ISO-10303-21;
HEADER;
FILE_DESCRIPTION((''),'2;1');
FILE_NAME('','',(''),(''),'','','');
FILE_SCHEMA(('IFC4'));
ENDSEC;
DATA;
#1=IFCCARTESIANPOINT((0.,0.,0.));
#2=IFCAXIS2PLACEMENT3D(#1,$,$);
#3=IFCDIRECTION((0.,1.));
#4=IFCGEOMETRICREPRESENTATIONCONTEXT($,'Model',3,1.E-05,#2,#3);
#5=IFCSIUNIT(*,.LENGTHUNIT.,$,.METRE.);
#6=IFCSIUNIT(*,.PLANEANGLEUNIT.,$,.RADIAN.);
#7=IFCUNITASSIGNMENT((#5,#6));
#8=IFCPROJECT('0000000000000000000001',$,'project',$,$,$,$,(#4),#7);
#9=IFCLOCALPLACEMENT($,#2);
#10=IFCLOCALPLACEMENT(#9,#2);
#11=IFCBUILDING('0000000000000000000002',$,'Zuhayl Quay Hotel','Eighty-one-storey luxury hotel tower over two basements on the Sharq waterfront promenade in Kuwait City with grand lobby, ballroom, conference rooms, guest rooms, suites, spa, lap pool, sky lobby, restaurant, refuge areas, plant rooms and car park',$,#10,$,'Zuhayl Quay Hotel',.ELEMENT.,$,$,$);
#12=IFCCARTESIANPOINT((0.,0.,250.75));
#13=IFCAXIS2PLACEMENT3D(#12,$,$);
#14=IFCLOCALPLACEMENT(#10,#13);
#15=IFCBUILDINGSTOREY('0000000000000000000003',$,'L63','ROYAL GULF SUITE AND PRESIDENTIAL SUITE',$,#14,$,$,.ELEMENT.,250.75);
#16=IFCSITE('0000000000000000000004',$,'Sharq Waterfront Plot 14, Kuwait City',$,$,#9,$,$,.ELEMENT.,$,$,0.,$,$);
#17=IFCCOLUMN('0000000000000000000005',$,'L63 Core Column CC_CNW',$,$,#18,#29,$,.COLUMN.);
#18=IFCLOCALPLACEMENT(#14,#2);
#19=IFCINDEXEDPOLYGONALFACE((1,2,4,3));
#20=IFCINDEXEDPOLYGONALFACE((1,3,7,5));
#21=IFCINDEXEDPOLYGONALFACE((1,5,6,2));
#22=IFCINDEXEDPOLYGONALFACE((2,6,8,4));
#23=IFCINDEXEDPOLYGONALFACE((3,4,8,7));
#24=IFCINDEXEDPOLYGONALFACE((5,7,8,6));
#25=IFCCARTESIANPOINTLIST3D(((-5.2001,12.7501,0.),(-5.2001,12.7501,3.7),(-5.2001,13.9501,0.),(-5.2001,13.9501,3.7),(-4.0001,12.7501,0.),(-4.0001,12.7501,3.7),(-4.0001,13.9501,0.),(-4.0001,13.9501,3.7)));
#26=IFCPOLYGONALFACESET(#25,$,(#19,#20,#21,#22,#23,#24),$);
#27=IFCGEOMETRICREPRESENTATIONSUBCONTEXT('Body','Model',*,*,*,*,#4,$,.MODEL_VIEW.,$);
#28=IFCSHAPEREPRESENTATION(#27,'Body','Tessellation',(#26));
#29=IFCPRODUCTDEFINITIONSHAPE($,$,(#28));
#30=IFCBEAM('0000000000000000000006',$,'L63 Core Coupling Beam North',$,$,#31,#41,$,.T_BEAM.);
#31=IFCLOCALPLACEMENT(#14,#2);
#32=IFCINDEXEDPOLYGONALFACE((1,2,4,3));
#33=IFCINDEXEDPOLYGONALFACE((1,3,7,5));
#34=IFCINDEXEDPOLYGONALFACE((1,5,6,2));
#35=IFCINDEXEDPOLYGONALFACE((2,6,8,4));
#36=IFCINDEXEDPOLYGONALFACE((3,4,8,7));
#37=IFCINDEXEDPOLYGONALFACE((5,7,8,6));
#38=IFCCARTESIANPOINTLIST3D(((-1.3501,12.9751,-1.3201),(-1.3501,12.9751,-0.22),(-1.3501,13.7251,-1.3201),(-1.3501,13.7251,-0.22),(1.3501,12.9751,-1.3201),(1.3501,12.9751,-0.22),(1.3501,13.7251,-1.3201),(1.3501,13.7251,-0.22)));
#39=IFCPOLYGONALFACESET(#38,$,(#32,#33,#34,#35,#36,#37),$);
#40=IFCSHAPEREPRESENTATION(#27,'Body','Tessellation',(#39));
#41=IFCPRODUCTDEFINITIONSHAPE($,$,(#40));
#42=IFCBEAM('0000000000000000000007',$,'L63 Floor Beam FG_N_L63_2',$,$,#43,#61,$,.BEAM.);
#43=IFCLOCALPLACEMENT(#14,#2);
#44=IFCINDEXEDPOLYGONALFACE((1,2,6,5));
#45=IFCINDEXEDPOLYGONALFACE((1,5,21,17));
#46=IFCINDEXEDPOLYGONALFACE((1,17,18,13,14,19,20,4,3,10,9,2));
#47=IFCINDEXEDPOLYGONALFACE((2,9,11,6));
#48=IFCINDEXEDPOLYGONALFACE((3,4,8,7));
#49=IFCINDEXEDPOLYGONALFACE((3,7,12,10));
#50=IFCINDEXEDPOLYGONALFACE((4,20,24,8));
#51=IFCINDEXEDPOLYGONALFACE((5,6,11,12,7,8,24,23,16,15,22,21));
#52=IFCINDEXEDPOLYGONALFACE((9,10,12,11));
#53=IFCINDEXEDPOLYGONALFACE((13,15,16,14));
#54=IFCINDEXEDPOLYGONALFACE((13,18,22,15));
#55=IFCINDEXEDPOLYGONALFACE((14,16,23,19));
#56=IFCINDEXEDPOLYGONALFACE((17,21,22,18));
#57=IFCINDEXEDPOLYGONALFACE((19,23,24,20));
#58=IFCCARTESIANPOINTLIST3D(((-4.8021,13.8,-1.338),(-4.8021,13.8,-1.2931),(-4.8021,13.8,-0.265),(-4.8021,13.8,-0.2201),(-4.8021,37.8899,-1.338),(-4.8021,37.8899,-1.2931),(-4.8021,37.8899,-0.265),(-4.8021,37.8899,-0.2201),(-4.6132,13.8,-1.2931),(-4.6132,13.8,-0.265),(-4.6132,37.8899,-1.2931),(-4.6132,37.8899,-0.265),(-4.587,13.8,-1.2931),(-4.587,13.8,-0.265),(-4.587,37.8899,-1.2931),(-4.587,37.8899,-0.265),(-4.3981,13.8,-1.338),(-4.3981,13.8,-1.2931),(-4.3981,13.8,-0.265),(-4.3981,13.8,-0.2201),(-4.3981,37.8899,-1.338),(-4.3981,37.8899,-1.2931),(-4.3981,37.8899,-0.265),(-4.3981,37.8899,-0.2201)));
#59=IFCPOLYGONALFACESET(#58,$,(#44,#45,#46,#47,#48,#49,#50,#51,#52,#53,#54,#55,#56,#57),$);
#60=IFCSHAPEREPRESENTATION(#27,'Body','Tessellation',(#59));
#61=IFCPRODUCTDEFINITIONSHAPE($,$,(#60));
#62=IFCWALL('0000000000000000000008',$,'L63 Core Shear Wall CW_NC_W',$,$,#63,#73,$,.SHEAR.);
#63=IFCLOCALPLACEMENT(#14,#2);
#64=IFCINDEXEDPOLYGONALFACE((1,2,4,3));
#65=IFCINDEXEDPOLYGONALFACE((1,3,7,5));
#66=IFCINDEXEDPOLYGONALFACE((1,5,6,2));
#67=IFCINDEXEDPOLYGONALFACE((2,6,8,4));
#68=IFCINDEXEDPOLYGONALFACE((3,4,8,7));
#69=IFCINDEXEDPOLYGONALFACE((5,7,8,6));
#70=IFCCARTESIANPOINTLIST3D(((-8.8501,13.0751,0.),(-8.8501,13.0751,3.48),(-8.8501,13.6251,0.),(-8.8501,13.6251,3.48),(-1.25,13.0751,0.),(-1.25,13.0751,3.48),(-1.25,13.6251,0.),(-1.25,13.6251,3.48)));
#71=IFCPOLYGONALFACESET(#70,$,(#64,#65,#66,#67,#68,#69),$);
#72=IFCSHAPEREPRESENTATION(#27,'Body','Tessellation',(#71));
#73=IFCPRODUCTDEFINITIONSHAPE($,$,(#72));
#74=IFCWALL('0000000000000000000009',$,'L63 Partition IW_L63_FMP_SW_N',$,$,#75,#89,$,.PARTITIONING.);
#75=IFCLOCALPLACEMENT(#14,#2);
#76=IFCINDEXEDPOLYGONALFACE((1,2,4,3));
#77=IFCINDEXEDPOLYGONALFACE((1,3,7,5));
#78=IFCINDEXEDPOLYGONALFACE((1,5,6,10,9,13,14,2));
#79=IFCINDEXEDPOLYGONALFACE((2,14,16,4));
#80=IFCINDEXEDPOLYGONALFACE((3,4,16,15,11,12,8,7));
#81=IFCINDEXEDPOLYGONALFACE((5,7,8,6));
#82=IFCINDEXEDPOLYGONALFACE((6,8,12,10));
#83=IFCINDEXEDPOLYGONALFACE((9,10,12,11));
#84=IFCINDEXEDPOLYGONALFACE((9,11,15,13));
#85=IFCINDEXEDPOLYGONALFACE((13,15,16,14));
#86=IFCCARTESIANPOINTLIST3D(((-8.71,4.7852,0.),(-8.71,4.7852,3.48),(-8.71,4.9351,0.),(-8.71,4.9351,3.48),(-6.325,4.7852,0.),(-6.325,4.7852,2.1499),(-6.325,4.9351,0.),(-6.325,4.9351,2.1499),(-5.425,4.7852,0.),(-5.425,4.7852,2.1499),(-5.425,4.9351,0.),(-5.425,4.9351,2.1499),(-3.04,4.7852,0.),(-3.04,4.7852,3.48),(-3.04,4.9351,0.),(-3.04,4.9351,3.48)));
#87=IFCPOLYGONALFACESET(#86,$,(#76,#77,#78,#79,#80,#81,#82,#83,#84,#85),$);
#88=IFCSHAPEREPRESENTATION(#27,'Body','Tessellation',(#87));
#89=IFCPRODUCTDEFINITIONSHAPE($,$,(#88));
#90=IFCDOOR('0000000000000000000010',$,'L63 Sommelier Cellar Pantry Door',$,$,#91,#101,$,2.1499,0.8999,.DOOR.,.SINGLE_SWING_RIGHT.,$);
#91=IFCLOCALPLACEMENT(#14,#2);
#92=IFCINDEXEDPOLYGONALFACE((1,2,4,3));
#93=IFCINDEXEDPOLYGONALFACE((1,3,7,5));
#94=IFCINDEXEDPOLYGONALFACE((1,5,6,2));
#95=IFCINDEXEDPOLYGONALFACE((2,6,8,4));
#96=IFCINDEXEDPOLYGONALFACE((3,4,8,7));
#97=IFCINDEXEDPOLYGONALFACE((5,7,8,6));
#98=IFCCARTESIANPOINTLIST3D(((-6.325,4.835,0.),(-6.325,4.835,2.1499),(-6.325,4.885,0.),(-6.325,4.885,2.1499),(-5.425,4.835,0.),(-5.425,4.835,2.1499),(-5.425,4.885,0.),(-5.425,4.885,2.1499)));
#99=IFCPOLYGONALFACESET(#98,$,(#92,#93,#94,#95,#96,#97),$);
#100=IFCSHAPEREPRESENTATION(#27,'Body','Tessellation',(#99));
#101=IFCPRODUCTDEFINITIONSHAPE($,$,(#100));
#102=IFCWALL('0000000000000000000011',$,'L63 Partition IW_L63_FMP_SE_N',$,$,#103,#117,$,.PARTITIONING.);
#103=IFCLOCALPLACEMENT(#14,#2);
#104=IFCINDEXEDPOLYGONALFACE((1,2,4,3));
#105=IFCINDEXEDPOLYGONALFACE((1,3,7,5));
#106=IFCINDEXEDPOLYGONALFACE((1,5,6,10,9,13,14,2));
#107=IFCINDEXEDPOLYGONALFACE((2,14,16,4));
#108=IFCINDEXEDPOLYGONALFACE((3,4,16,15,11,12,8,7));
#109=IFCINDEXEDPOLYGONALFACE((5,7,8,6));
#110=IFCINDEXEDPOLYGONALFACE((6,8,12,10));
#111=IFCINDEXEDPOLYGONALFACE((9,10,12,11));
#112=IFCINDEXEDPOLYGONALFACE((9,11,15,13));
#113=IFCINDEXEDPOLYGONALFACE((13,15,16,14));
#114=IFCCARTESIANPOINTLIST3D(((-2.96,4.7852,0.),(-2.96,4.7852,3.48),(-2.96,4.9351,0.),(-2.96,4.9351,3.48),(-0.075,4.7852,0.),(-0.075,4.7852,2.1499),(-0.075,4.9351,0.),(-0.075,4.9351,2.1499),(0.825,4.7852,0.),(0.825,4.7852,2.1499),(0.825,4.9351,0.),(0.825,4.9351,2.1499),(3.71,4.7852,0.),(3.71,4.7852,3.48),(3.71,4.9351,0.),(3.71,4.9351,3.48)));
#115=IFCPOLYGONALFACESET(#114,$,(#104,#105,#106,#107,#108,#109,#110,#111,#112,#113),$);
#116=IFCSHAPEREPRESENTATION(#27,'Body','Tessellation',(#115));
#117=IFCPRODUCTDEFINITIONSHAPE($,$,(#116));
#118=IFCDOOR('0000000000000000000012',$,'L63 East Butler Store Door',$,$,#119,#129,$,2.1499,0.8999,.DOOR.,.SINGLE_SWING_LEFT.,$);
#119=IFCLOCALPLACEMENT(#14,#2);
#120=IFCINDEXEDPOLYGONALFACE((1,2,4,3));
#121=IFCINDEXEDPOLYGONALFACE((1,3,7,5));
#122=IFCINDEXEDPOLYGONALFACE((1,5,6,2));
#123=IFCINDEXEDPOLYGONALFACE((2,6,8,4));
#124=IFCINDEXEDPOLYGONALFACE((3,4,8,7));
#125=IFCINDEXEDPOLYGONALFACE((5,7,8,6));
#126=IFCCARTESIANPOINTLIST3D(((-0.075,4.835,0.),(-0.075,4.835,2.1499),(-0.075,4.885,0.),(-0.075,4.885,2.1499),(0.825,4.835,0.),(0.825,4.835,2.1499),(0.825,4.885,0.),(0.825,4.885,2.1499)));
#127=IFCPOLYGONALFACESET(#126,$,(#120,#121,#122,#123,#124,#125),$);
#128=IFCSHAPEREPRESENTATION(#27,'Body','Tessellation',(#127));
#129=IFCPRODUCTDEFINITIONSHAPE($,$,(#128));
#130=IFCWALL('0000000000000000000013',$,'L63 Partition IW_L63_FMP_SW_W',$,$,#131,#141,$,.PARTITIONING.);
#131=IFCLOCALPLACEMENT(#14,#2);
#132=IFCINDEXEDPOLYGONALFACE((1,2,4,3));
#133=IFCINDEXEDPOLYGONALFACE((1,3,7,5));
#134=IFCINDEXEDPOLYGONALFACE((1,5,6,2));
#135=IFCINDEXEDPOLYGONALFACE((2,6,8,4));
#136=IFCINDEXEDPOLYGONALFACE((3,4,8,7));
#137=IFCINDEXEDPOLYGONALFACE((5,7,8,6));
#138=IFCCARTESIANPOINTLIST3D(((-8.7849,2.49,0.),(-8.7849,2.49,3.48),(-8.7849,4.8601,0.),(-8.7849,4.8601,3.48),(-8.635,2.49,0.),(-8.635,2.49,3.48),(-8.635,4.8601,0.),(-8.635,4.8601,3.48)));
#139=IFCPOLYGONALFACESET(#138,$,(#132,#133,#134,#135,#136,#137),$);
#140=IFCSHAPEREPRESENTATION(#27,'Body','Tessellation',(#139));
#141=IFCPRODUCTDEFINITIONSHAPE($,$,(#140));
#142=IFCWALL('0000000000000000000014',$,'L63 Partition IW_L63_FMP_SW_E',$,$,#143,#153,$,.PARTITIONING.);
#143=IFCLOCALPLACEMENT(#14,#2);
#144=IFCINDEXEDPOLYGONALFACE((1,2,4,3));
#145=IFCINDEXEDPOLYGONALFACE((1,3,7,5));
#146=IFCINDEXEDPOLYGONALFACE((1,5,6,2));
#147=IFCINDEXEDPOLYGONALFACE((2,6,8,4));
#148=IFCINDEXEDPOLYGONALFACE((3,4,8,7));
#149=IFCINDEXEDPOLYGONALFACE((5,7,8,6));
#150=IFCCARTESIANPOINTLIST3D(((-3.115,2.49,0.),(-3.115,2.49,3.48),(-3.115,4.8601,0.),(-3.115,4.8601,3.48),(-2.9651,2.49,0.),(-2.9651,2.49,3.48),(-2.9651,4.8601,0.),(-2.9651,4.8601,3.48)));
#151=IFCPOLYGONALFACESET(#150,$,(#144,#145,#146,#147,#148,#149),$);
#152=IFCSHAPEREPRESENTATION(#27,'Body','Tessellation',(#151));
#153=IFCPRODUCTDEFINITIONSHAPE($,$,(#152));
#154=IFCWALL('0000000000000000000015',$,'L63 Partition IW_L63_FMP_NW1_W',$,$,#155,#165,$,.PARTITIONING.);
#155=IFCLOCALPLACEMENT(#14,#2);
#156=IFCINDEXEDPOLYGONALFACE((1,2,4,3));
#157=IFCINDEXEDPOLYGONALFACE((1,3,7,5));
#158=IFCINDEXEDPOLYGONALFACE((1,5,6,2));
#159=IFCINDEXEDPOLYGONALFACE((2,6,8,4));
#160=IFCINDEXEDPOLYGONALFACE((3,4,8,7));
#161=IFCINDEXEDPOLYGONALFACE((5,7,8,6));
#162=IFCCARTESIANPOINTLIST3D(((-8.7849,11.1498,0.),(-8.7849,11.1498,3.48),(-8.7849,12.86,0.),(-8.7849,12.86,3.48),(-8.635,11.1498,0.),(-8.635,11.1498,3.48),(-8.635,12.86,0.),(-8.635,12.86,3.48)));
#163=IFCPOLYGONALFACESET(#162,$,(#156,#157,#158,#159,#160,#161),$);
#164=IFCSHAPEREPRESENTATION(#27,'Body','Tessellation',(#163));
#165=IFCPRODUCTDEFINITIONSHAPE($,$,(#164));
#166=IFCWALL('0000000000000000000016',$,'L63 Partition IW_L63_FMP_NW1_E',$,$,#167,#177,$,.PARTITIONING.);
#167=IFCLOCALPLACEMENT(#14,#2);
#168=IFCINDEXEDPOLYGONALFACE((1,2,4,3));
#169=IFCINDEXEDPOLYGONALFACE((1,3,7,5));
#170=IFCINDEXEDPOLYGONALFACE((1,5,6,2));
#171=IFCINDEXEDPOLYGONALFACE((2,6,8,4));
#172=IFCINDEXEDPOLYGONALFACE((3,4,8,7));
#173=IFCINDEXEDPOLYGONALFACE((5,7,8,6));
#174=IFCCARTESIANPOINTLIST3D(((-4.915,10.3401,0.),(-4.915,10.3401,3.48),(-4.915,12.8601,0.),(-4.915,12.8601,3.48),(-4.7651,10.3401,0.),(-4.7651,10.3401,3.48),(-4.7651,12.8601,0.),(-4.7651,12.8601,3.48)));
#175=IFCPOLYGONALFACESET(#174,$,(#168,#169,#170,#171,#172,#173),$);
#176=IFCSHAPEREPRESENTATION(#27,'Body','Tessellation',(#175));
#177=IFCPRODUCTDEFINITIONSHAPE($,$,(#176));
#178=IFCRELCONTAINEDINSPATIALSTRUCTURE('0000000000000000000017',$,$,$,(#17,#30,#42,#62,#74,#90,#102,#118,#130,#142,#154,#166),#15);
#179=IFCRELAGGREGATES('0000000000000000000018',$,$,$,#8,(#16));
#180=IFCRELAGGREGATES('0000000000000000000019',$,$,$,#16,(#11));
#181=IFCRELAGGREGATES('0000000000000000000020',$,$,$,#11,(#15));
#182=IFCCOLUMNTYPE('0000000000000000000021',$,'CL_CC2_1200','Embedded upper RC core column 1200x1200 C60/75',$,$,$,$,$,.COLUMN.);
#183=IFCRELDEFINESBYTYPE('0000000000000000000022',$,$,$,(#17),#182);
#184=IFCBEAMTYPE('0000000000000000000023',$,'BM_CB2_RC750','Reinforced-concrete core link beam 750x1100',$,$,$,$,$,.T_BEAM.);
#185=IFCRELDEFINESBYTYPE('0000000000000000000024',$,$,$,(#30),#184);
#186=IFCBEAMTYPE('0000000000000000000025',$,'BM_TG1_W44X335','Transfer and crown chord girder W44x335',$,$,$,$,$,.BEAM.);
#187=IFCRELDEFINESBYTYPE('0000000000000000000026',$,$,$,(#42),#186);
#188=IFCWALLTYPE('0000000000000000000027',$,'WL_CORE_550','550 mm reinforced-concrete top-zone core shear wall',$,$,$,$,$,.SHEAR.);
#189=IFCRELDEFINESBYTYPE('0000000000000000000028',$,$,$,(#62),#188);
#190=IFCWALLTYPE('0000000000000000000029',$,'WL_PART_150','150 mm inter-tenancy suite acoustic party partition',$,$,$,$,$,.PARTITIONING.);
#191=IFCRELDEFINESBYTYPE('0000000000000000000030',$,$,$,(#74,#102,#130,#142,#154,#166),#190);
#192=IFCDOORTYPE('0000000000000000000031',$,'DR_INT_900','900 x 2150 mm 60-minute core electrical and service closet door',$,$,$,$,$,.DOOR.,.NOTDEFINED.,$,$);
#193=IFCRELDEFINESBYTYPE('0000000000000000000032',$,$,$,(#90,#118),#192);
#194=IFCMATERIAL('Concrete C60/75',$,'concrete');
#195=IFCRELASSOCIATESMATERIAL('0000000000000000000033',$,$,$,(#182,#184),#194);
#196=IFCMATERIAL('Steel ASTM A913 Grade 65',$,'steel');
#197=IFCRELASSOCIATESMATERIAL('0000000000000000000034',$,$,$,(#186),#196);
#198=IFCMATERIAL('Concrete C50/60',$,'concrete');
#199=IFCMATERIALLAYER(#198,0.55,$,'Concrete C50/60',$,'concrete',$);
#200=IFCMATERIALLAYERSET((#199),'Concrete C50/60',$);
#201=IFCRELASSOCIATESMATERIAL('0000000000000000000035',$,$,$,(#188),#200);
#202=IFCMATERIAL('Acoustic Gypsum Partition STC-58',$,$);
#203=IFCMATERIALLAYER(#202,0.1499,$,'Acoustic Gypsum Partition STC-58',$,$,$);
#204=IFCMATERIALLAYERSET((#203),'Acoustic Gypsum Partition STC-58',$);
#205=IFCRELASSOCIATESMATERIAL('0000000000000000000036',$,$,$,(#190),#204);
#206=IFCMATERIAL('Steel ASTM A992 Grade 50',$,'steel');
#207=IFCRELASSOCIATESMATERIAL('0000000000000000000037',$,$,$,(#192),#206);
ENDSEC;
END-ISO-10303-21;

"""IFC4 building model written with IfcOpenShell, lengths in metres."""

from ifc_helpers import new_model, si_unit, direction, frame, frame_2d, origin, origin_2d, place, context, subcontext, project, spatial, rectangle, i_section, extrude, material, layer, layer_set, material_profile, profile_set, type_object, element, fill, save


model = new_model("IFC4")

# Units and contexts
model_context = context("Model", 3, precision=1e-05, world=origin(), true_north=direction((0.0, 1.0)))
body_context = subcontext(model_context, "Body", "Model", "MODEL_VIEW")
ifc_project = project(units=[si_unit("LENGTHUNIT", "METRE"), si_unit("PLANEANGLEUNIT", "RADIAN")], contexts=[model_context])

# Site, building, storey
site_placement = place(None, origin())
site = spatial("IfcSite", under=ifc_project, at=site_placement, Name="Sharq Waterfront Plot 14, Kuwait City", CompositionType="ELEMENT", RefElevation=0.0)
building_placement = place(site_placement, origin())
building = spatial("IfcBuilding", under=site, at=building_placement, Name="Zuhayl Quay Hotel", Description="Eighty-one-storey luxury hotel tower over two basements on the Sharq waterfront promenade in Kuwait City with grand lobby, ballroom, conference rooms, guest rooms, suites, spa, lap pool, sky lobby, restaurant, refuge areas, plant rooms and car park", LongName="Zuhayl Quay Hotel", CompositionType="ELEMENT")
storey_placement = place(building_placement, frame((0.0, 0.0, 250.75)))
storey = spatial("IfcBuildingStorey", under=building, at=storey_placement, Name="L63", Description="ROYAL GULF SUITE AND PRESIDENTIAL SUITE", CompositionType="ELEMENT", Elevation=250.75)

# Column
ifc_material_1 = material(Name="Concrete C60/75", Category="concrete")
ifc_material_profile_1 = material_profile(ifc_material_1, rectangle(XDim=1.2, YDim=1.2, at=origin_2d()), Name="RC1200X1200")
ifc_profile_set_1 = profile_set([ifc_material_profile_1], Name="Concrete C60/75")
column_type = type_object("IfcColumnType", Name="CL_CC2_1200", Description="Embedded upper RC core column 1200x1200 C60/75", PredefinedType="COLUMN", material=ifc_profile_set_1)
column_placement = place(storey_placement, frame((-4.6001, 13.3501, 0.0), z_axis=(0.0, 0.0, 1.0), x_axis=(1.0, 0.0, 0.0)))
element("IfcColumn", 1, at=column_placement, inside=storey, type_object=column_type, Name="L63 Core Column CC_CNW", PredefinedType="COLUMN", context=body_context, shape_type="SweptSolid", body=[
    extrude(rectangle(XDim=1.2, YDim=1.2, at=origin_2d()), origin(), (0.0, 0.0, 1.0), 3.7),
])

# Beams
ifc_material_profile_2 = material_profile(ifc_material_1, rectangle(XDim=0.75, YDim=1.1001, at=origin_2d()), Name="RC750X1100")
ifc_profile_set_2 = profile_set([ifc_material_profile_2], Name="Concrete C60/75")
beam_type_1 = type_object("IfcBeamType", Name="BM_CB2_RC750", Description="Reinforced-concrete core link beam 750x1100", PredefinedType="T_BEAM", material=ifc_profile_set_2)
beam_1_placement = place(storey_placement, frame((-1.3501, 13.3501, -0.77), z_axis=(1.0, 0.0, 0.0), x_axis=(0.0, 1.0, 0.0)))
element("IfcBeam", 2, at=beam_1_placement, inside=storey, type_object=beam_type_1, Name="L63 Core Coupling Beam North", PredefinedType="T_BEAM", context=body_context, shape_type="SweptSolid", body=[
    extrude(rectangle(XDim=0.75, YDim=1.1001, at=origin_2d()), origin(), (0.0, 0.0, 1.0), 2.7002),
])
ifc_material_2 = material(Name="Steel ASTM A913 Grade 65", Category="steel")
ifc_material_profile_3 = material_profile(ifc_material_2, i_section(OverallWidth=0.4041, OverallDepth=1.1179, WebThickness=0.0261, FlangeThickness=0.0449, at=origin_2d()), Name="W44X335")
ifc_profile_set_3 = profile_set([ifc_material_profile_3], Name="Steel ASTM A913 Grade 65")
beam_type_2 = type_object("IfcBeamType", Name="BM_TG1_W44X335", Description="Transfer and crown chord girder W44x335", PredefinedType="BEAM", material=ifc_profile_set_3)
beam_2_placement = place(storey_placement, frame((-4.6001, 13.8, -0.7791), z_axis=(0.0, 1.0, 0.0), x_axis=(-1.0, 0.0, 0.0)))
element("IfcBeam", 3, at=beam_2_placement, inside=storey, type_object=beam_type_2, Name="L63 Floor Beam FG_N_L63_2", PredefinedType="BEAM", context=body_context, shape_type="SweptSolid", body=[
    extrude(i_section(OverallWidth=0.4041, OverallDepth=1.1179, WebThickness=0.0261, FlangeThickness=0.0449, at=origin_2d()), origin(), (0.0, 0.0, 1.0), 24.0898),
])

# Wall
ifc_material_3 = material(Name="Concrete C50/60", Category="concrete")
ifc_layer_1 = layer(ifc_material_3, 0.55, Name="Concrete C50/60", Category="concrete")
ifc_layer_set_1 = layer_set([ifc_layer_1], Name="Concrete C50/60")
wall_type_1 = type_object("IfcWallType", Name="WL_CORE_550", Description="550 mm reinforced-concrete top-zone core shear wall", PredefinedType="SHEAR", material=ifc_layer_set_1)
wall_1_placement = place(storey_placement, frame((-8.8501, 13.3501, 0.0), z_axis=(0.0, 0.0, 1.0), x_axis=(1.0, 0.0, 0.0)))
element("IfcWall", 4, at=wall_1_placement, inside=storey, type_object=wall_type_1, Name="L63 Core Shear Wall CW_NC_W", PredefinedType="SHEAR", context=body_context, shape_type="SweptSolid", body=[
    extrude(rectangle(XDim=7.6001, YDim=0.55, at=frame_2d((3.8, 0.0))), origin(), (0.0, 0.0, 1.0), 3.48),
])

# Walls, openings, doors
ifc_material_4 = material(Name="Acoustic Gypsum Partition STC-58")
ifc_layer_2 = layer(ifc_material_4, 0.1499, Name="Acoustic Gypsum Partition STC-58")
ifc_layer_set_2 = layer_set([ifc_layer_2], Name="Acoustic Gypsum Partition STC-58")
wall_type_2 = type_object("IfcWallType", Name="WL_PART_150", Description="150 mm inter-tenancy suite acoustic party partition", PredefinedType="PARTITIONING", material=ifc_layer_set_2)
wall_2_placement = place(storey_placement, frame((-8.71, 4.8601, 0.0), z_axis=(0.0, 0.0, 1.0), x_axis=(1.0, 0.0, 0.0)))
wall_2 = element("IfcWall", 5, at=wall_2_placement, inside=storey, type_object=wall_type_2, Name="L63 Partition IW_L63_FMP_SW_N", PredefinedType="PARTITIONING", context=body_context, shape_type="SweptSolid", body=[
    extrude(rectangle(XDim=5.6699, YDim=0.1499, at=frame_2d((2.835, 0.0))), origin(), (0.0, 0.0, 1.0), 3.48),
])
opening_1_placement = place(wall_2_placement, frame((2.385, 0.0, 0.0)))
opening_1 = element("IfcOpeningElement", 6, at=opening_1_placement, cuts=wall_2, PredefinedType="OPENING", context=body_context, shape_type="SweptSolid", body=[
    extrude(rectangle(XDim=0.8999, YDim=2.1499, at=frame_2d((0.45, 1.075))), frame((0.0, 0.085, 0.0), z_axis=(0.0, -1.0, 0.0), x_axis=(1.0, 0.0, 0.0)), (0.0, 0.0, 1.0), 0.1699),
])
ifc_material_5 = material(Name="Steel ASTM A992 Grade 50", Category="steel")
door_type_1 = type_object("IfcDoorType", Name="DR_INT_900", Description="900 x 2150 mm 60-minute core electrical and service closet door", OperationType="NOTDEFINED", PredefinedType="DOOR", material=ifc_material_5)
door_1_placement = place(opening_1_placement, origin())
door_1 = element("IfcDoor", 7, at=door_1_placement, inside=storey, type_object=door_type_1, Name="L63 Sommelier Cellar Pantry Door", OperationType="SINGLE_SWING_RIGHT", OverallHeight=2.1499, OverallWidth=0.8999, PredefinedType="DOOR", context=body_context, shape_type="SweptSolid", body=[
    extrude(rectangle(XDim=0.8999, YDim=2.1499, at=frame_2d((0.45, 1.075))), frame((0.0, 0.0249, 0.0), z_axis=(0.0, -1.0, 0.0), x_axis=(1.0, 0.0, 0.0)), (0.0, 0.0, 1.0), 0.05),
])
fill(opening_1, door_1)
wall_3_placement = place(storey_placement, frame((-2.96, 4.8601, 0.0), z_axis=(0.0, 0.0, 1.0), x_axis=(1.0, 0.0, 0.0)))
wall_3 = element("IfcWall", 8, at=wall_3_placement, inside=storey, type_object=wall_type_2, Name="L63 Partition IW_L63_FMP_SE_N", PredefinedType="PARTITIONING", context=body_context, shape_type="SweptSolid", body=[
    extrude(rectangle(XDim=6.6699, YDim=0.1499, at=frame_2d((3.335, 0.0))), origin(), (0.0, 0.0, 1.0), 3.48),
])
opening_2_placement = place(wall_3_placement, frame((2.885, 0.0, 0.0)))
opening_2 = element("IfcOpeningElement", 9, at=opening_2_placement, cuts=wall_3, PredefinedType="OPENING", context=body_context, shape_type="SweptSolid", body=[
    extrude(rectangle(XDim=0.8999, YDim=2.1499, at=frame_2d((0.45, 1.075))), frame((0.0, 0.085, 0.0), z_axis=(0.0, -1.0, 0.0), x_axis=(1.0, 0.0, 0.0)), (0.0, 0.0, 1.0), 0.1699),
])
door_2_placement = place(opening_2_placement, origin())
door_2 = element("IfcDoor", 10, at=door_2_placement, inside=storey, type_object=door_type_1, Name="L63 East Butler Store Door", OperationType="SINGLE_SWING_LEFT", OverallHeight=2.1499, OverallWidth=0.8999, PredefinedType="DOOR", context=body_context, shape_type="SweptSolid", body=[
    extrude(rectangle(XDim=0.8999, YDim=2.1499, at=frame_2d((0.45, 1.075))), frame((0.0, 0.0249, 0.0), z_axis=(0.0, -1.0, 0.0), x_axis=(1.0, 0.0, 0.0)), (0.0, 0.0, 1.0), 0.05),
])
fill(opening_2, door_2)

# Walls
for number, where, z_axis, x_axis, name in (
    (11, (-8.71, 2.49, 0.0), (0.0, 0.0, 1.0), (0.0, 1.0, 0.0), "L63 Partition IW_L63_FMP_SW_W"),
    (12, (-3.04, 2.49, 0.0), (0.0, 0.0, 1.0), (0.0, 1.0, 0.0), "L63 Partition IW_L63_FMP_SW_E"),
):
    element("IfcWall", number, at=place(storey_placement, frame(where, z_axis=z_axis, x_axis=x_axis)), inside=storey, type_object=wall_type_2, Name=name, PredefinedType="PARTITIONING", context=body_context, shape_type="SweptSolid", body=[
        extrude(rectangle(XDim=2.3701, YDim=0.1499, at=frame_2d((1.1851, 0.0))), origin(), (0.0, 0.0, 1.0), 3.48),
    ])
wall_4_placement = place(storey_placement, frame((-8.71, 11.1499, 0.0), z_axis=(0.0, 0.0, 1.0), x_axis=(0.0, 1.0, 0.0)))
element("IfcWall", 13, at=wall_4_placement, inside=storey, type_object=wall_type_2, Name="L63 Partition IW_L63_FMP_NW1_W", PredefinedType="PARTITIONING", context=body_context, shape_type="SweptSolid", body=[
    extrude(rectangle(XDim=1.7102, YDim=0.1499, at=frame_2d((0.855, 0.0))), origin(), (0.0, 0.0, 1.0), 3.48),
])
for number, where, z_axis, x_axis, name in (
    (14, (-4.8401, 10.3401, 0.0), (0.0, 0.0, 1.0), (0.0, 1.0, 0.0), "L63 Partition IW_L63_FMP_NW1_E"),
):
    element("IfcWall", number, at=place(storey_placement, frame(where, z_axis=z_axis, x_axis=x_axis)), inside=storey, type_object=wall_type_2, Name=name, PredefinedType="PARTITIONING", context=body_context, shape_type="SweptSolid", body=[
        extrude(rectangle(XDim=2.52, YDim=0.1499, at=frame_2d((1.26, 0.0))), origin(), (0.0, 0.0, 1.0), 3.48),
    ])

save(model, "model.ifc")
